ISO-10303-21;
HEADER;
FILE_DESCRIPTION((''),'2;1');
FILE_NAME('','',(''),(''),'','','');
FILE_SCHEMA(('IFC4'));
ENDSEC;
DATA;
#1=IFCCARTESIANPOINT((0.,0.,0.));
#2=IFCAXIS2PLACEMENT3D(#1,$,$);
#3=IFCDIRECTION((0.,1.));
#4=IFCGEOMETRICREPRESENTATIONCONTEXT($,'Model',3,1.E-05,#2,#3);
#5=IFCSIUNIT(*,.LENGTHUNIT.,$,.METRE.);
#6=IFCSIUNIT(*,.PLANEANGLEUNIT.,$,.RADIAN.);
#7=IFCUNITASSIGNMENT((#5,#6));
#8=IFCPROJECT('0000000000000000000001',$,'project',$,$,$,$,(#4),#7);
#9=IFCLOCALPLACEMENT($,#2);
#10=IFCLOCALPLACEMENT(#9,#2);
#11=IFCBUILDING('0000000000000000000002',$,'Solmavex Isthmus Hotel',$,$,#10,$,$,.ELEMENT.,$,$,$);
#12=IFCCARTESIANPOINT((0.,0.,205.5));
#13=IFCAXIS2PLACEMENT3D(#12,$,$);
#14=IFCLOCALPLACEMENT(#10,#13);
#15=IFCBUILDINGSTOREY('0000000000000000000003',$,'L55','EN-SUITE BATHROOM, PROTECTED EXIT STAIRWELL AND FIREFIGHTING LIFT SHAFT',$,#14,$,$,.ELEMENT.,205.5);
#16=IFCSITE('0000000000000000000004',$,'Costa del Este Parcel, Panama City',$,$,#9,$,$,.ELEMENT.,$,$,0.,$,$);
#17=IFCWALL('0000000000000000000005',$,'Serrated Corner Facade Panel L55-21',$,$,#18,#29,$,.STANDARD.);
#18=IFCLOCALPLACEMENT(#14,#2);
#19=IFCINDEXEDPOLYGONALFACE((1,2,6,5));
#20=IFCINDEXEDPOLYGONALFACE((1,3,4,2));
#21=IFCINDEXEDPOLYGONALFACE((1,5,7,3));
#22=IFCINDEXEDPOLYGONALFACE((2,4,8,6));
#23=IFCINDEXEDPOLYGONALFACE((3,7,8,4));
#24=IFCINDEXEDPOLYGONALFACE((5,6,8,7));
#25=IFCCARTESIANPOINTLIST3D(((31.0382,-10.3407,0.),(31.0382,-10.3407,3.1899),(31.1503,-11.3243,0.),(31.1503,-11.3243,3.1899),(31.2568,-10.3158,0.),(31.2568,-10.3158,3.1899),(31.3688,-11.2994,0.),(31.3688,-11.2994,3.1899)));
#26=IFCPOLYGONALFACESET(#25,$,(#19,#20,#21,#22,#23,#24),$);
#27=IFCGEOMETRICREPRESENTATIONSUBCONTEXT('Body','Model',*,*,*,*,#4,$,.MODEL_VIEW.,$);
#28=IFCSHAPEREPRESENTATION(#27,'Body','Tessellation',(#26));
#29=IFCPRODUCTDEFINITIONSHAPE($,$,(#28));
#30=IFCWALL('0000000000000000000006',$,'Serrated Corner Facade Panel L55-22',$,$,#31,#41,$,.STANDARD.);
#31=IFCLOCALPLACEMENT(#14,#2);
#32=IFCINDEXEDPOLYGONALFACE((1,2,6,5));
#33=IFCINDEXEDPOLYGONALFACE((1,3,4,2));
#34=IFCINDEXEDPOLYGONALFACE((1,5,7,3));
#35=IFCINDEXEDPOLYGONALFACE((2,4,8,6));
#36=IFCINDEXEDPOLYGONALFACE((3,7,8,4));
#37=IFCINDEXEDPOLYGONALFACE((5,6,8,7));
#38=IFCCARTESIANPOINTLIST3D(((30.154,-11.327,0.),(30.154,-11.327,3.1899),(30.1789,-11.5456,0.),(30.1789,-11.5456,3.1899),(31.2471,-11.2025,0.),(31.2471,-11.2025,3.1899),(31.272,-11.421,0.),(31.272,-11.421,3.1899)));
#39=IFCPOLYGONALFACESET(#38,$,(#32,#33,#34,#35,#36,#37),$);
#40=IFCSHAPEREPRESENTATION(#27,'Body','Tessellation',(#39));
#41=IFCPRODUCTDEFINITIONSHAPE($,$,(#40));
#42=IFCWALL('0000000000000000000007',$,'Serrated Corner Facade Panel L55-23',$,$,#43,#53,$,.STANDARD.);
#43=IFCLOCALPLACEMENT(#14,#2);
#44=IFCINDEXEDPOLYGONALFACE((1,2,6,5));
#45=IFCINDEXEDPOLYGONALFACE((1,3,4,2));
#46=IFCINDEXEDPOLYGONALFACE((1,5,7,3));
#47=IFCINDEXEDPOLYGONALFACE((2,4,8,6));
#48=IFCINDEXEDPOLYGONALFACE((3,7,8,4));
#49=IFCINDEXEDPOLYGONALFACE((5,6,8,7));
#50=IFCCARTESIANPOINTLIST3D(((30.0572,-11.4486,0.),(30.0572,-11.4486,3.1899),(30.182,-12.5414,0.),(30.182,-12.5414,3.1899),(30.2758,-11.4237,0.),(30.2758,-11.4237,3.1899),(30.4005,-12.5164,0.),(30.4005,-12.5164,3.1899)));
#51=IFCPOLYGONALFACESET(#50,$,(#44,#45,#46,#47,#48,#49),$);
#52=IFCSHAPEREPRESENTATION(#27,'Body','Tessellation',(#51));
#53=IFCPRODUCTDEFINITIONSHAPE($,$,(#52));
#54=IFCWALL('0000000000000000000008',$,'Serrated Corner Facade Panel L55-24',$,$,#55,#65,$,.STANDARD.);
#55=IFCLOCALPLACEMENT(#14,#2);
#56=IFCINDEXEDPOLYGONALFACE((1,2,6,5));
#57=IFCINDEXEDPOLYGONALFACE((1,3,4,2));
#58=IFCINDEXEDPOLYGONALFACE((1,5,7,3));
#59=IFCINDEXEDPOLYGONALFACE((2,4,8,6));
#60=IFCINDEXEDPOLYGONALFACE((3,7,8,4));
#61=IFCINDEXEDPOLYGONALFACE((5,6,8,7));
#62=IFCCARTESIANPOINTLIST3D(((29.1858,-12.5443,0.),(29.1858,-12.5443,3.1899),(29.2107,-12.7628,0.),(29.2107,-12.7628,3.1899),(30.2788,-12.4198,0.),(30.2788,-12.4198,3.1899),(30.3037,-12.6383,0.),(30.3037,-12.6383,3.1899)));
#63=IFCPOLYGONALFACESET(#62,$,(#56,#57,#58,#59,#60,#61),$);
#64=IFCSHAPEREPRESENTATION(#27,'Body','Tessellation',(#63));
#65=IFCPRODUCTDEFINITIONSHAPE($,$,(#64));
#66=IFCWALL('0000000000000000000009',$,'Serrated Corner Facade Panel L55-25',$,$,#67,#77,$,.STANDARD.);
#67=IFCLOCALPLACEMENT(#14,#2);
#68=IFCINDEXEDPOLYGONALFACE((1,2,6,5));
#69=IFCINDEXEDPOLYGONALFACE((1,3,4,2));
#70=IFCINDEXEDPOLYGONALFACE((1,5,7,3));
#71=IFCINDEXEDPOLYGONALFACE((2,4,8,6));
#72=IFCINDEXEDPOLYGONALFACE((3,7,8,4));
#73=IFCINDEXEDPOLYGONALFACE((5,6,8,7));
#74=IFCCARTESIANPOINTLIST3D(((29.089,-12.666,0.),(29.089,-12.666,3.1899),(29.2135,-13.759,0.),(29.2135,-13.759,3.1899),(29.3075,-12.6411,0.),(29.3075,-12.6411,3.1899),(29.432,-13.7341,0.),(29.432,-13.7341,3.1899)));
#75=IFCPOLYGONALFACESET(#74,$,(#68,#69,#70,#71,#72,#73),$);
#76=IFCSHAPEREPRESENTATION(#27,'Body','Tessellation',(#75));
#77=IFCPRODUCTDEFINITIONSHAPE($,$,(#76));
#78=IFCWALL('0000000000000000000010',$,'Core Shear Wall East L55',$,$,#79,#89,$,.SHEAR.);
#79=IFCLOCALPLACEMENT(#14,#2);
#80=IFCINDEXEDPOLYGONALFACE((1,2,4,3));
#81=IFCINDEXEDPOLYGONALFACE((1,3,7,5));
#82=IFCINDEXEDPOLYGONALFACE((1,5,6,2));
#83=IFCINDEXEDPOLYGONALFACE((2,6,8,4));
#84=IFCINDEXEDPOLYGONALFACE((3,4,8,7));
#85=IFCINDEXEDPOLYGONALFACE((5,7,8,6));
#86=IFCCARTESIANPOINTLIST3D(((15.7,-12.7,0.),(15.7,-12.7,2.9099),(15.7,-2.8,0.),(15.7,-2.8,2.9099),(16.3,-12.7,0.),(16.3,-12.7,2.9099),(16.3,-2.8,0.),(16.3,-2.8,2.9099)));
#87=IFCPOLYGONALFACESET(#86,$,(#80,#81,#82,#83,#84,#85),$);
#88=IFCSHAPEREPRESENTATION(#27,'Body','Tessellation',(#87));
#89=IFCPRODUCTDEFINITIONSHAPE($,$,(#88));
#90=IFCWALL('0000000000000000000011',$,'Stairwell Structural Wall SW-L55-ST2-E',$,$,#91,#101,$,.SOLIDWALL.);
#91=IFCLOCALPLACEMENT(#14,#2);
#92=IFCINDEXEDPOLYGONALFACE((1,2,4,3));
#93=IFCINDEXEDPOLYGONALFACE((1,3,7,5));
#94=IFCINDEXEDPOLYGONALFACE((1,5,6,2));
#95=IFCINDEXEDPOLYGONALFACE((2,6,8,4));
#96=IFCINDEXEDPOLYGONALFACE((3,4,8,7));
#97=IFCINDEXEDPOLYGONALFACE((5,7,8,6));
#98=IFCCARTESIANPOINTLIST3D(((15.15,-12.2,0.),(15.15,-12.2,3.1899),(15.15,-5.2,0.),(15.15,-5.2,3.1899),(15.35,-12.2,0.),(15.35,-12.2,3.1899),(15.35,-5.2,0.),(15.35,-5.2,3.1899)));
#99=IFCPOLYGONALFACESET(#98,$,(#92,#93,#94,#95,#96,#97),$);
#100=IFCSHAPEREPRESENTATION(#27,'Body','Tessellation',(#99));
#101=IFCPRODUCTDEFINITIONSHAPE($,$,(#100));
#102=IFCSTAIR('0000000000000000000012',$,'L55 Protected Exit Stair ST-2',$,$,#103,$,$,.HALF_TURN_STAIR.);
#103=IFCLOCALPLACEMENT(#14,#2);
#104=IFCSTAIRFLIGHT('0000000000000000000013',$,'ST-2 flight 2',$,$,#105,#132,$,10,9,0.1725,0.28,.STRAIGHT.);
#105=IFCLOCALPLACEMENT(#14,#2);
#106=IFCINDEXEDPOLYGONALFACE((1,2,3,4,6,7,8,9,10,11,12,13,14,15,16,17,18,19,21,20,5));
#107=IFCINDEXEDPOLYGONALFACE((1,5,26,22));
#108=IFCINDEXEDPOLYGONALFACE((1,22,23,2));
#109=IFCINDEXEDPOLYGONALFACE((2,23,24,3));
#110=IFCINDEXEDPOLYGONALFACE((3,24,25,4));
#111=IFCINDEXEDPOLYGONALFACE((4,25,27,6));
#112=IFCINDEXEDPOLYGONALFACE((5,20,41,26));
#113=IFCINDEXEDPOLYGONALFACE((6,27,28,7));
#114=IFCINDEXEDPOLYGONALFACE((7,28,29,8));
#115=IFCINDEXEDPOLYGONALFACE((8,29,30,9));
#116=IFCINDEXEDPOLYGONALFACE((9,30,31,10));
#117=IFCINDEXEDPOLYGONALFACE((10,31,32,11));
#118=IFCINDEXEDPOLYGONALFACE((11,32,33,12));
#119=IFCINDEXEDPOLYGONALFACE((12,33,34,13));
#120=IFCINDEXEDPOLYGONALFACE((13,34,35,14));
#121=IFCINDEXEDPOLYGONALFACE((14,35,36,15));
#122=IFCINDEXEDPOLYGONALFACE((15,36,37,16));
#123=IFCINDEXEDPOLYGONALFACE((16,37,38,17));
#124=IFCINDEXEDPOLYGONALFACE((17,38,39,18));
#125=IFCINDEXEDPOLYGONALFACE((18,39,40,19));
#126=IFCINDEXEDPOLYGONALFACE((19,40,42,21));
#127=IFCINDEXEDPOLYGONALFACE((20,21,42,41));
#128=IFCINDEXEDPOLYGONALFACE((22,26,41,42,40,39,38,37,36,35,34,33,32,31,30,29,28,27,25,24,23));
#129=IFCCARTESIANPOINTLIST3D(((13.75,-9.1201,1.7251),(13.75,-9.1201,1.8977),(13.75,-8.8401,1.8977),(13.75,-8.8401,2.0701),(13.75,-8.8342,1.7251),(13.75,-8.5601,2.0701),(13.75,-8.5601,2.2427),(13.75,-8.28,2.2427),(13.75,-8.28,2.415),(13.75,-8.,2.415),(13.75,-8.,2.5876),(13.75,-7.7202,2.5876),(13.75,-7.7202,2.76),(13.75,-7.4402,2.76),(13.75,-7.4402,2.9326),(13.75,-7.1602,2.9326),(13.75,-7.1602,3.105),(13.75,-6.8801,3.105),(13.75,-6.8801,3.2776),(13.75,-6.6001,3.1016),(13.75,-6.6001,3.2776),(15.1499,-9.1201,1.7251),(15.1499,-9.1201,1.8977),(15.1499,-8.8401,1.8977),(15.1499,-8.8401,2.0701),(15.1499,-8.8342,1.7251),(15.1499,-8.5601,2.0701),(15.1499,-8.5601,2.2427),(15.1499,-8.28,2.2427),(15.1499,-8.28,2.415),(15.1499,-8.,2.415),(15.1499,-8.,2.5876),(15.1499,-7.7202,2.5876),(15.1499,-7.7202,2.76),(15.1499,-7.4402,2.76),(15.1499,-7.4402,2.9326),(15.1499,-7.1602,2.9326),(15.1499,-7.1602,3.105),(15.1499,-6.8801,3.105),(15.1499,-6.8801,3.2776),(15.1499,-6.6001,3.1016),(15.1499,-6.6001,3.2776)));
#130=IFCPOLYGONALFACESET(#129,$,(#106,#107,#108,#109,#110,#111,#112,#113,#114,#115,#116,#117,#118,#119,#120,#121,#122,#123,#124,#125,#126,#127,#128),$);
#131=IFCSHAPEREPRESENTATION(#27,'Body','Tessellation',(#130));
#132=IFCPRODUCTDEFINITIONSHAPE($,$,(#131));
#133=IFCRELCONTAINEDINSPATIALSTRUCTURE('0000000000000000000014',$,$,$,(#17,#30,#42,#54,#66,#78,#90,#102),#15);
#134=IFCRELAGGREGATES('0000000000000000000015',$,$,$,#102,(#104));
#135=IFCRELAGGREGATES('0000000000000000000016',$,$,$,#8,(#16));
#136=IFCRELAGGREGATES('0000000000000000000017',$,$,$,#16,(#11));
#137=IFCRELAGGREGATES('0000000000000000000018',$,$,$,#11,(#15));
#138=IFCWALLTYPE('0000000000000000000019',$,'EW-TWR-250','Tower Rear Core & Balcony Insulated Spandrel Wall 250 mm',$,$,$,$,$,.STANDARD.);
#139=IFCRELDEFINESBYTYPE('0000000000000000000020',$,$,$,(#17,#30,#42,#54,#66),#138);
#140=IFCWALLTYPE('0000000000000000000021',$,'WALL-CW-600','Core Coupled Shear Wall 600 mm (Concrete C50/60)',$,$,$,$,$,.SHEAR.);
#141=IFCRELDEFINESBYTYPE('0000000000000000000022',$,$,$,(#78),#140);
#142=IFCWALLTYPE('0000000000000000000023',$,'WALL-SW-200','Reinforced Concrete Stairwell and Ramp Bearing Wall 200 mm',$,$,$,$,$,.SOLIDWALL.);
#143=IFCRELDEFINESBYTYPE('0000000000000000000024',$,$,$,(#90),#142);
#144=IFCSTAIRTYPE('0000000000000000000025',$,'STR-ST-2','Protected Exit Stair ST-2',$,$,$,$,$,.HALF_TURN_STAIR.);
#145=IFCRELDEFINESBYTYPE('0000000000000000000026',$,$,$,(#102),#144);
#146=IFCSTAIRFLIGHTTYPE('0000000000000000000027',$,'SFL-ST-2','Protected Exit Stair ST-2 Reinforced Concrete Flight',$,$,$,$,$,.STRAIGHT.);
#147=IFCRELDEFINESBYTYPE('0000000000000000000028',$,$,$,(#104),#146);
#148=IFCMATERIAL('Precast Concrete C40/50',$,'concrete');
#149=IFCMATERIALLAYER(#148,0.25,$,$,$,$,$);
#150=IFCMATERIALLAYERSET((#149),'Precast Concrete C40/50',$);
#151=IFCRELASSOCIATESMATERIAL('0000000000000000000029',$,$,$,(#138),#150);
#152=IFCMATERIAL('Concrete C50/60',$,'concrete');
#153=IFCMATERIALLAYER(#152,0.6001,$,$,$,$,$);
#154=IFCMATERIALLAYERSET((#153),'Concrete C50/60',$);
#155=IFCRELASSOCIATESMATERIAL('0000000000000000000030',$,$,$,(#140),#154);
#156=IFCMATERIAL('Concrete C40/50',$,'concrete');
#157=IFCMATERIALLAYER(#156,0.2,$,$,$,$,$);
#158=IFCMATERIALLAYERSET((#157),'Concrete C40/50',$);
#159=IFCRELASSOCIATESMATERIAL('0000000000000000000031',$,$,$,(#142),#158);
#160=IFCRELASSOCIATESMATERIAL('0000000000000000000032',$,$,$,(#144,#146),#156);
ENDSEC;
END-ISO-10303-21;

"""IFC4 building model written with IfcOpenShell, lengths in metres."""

from ifc_helpers import new_model, si_unit, direction, frame, frame_2d, origin, place, context, subcontext, project, spatial, polyline, rectangle, outline, extrude, material, layer, layer_set, type_object, element, aggregate, save


model = new_model("IFC4")

# Units and contexts
model_context = context("Model", 3, precision=1e-05, world=origin(), true_north=direction((0.0, 1.0)))
body_context = subcontext(model_context, "Body", "Model", "MODEL_VIEW")
ifc_project = project(units=[si_unit("LENGTHUNIT", "METRE"), si_unit("PLANEANGLEUNIT", "RADIAN")], contexts=[model_context])

# Site, building, storey
site_placement = place(None, origin())
site = spatial("IfcSite", under=ifc_project, at=site_placement, Name="Costa del Este Parcel, Panama City", CompositionType="ELEMENT", RefElevation=0.0)
building_placement = place(site_placement, origin())
building = spatial("IfcBuilding", under=site, at=building_placement, Name="Solmavex Isthmus Hotel", CompositionType="ELEMENT")
storey_placement = place(building_placement, frame((0.0, 0.0, 205.5)))
storey = spatial("IfcBuildingStorey", under=building, at=storey_placement, Name="L55", Description="EN-SUITE BATHROOM, PROTECTED EXIT STAIRWELL AND FIREFIGHTING LIFT SHAFT", CompositionType="ELEMENT", Elevation=205.5)

# Shared definitions
ifc_material_1 = material(Name="Concrete C50/60", Category="concrete")

# Walls
ifc_material_2 = material(Name="Precast Concrete C40/50", Category="concrete")
ifc_layer_1 = layer(ifc_material_2, 0.25)
ifc_layer_set_1 = layer_set([ifc_layer_1], Name="Precast Concrete C40/50")
wall_type_1 = type_object("IfcWallType", Name="EW-TWR-250", Description="Tower Rear Core & Balcony Insulated Spandrel Wall 250 mm", PredefinedType="STANDARD", material=ifc_layer_set_1)
wall_1_placement = place(storey_placement, frame((31.1475, -10.3281, 0.0), z_axis=(0.0, 0.0, 1.0), x_axis=(0.113192, -0.993573, 0.0)))
element("IfcWall", 1, at=wall_1_placement, inside=storey, type_object=wall_type_1, Name="Serrated Corner Facade Panel L55-21", PredefinedType="STANDARD", context=body_context, shape_type="SweptSolid", body=[
    extrude(rectangle(XDim=0.99, YDim=0.22, at=frame_2d((0.4951, 0.0))), origin(), (0.0, 0.0, 1.0), 3.1899),
])
wall_2_placement = place(storey_placement, frame((31.2595, -11.3118, 0.0), z_axis=(0.0, 0.0, 1.0), x_axis=(-0.993574, -0.113184, 0.0)))
element("IfcWall", 2, at=wall_2_placement, inside=storey, type_object=wall_type_1, Name="Serrated Corner Facade Panel L55-22", PredefinedType="STANDARD", context=body_context, shape_type="SweptSolid", body=[
    extrude(rectangle(XDim=1.1001, YDim=0.22, at=frame_2d((0.55, 0.0))), origin(), (0.0, 0.0, 1.0), 3.1899),
])
wall_3_placement = place(storey_placement, frame((30.1665, -11.4363, 0.0), z_axis=(0.0, 0.0, 1.0), x_axis=(0.113428, -0.993546, 0.0)))
element("IfcWall", 3, at=wall_3_placement, inside=storey, type_object=wall_type_1, Name="Serrated Corner Facade Panel L55-23", PredefinedType="STANDARD", context=body_context, shape_type="SweptSolid", body=[
    extrude(rectangle(XDim=1.0999, YDim=0.22, at=frame_2d((0.5498, 0.0))), origin(), (0.0, 0.0, 1.0), 3.1899),
])
for number, where, z_axis, x_axis, name in (
    (4, (30.2913, -12.5291, 0.0), (0.0, 0.0, 1.0), (-0.993574, -0.113184, 0.0), "Serrated Corner Facade Panel L55-24"),
    (5, (29.1982, -12.6536, 0.0), (0.0, 0.0, 1.0), (0.113184, -0.993574, 0.0), "Serrated Corner Facade Panel L55-25"),
):
    element("IfcWall", number, at=place(storey_placement, frame(where, z_axis=z_axis, x_axis=x_axis)), inside=storey, type_object=wall_type_1, Name=name, PredefinedType="STANDARD", context=body_context, shape_type="SweptSolid", body=[
        extrude(rectangle(XDim=1.1001, YDim=0.22, at=frame_2d((0.55, 0.0))), origin(), (0.0, 0.0, 1.0), 3.1899),
    ])
ifc_layer_2 = layer(ifc_material_1, 0.6001)
ifc_layer_set_2 = layer_set([ifc_layer_2], Name="Concrete C50/60")
wall_type_2 = type_object("IfcWallType", Name="WALL-CW-600", Description="Core Coupled Shear Wall 600 mm (Concrete C50/60)", PredefinedType="SHEAR", material=ifc_layer_set_2)
wall_4_placement = place(storey_placement, frame((16.0, -12.7, 0.0), z_axis=(0.0, 0.0, 1.0), x_axis=(0.0, 1.0, 0.0)))
element("IfcWall", 6, at=wall_4_placement, inside=storey, type_object=wall_type_2, Name="Core Shear Wall East L55", PredefinedType="SHEAR", context=body_context, shape_type="SweptSolid", body=[
    extrude(rectangle(XDim=9.8999, YDim=0.6001, at=frame_2d((4.95, 0.0))), origin(), (0.0, 0.0, 1.0), 2.9099),
])
ifc_material_3 = material(Name="Concrete C40/50", Category="concrete")
ifc_layer_3 = layer(ifc_material_3, 0.2)
ifc_layer_set_3 = layer_set([ifc_layer_3], Name="Concrete C40/50")
wall_type_3 = type_object("IfcWallType", Name="WALL-SW-200", Description="Reinforced Concrete Stairwell and Ramp Bearing Wall 200 mm", PredefinedType="SOLIDWALL", material=ifc_layer_set_3)
wall_5_placement = place(storey_placement, frame((15.25, -12.2, 0.0), z_axis=(0.0, 0.0, 1.0), x_axis=(0.0, 1.0, 0.0)))
element("IfcWall", 7, at=wall_5_placement, inside=storey, type_object=wall_type_3, Name="Stairwell Structural Wall SW-L55-ST2-E", PredefinedType="SOLIDWALL", context=body_context, shape_type="SweptSolid", body=[
    extrude(rectangle(XDim=7.0, YDim=0.2, at=frame_2d((3.5, 0.0))), origin(), (0.0, 0.0, 1.0), 3.1899),
])

# Stair, stair flight
stair_type = type_object("IfcStairType", Name="STR-ST-2", Description="Protected Exit Stair ST-2", PredefinedType="HALF_TURN_STAIR", material=ifc_material_3)
stair_placement = place(storey_placement, origin())
stair = element("IfcStair", 8, at=stair_placement, inside=storey, type_object=stair_type, Name="L55 Protected Exit Stair ST-2", PredefinedType="HALF_TURN_STAIR")
stair_flight_type = type_object("IfcStairFlightType", Name="SFL-ST-2", Description="Protected Exit Stair ST-2 Reinforced Concrete Flight", PredefinedType="STRAIGHT", material=ifc_material_3)
stair_flight_placement = place(storey_placement, frame((14.45, -9.1201, 1.7251), z_axis=(0.0, 0.0, 1.0), x_axis=(0.0, 1.0, 0.0)))
stair_flight = element("IfcStairFlight", 9, at=stair_flight_placement, type_object=stair_flight_type, Name="ST-2 flight 2", NumberOfRisers=10, NumberOfTreads=9, PredefinedType="STRAIGHT", RiserHeight=0.1725, TreadLength=0.28, context=body_context, shape_type="SweptSolid", body=[
    extrude(outline(polyline([(0.0, 0.0), (0.0, 0.1726), (0.28, 0.1726), (0.28, 0.345), (0.5601, 0.345), (0.5601, 0.5176), (0.8401, 0.5176), (0.8401, 0.6899), (1.1201, 0.6899), (1.1201, 0.8625), (1.3999, 0.8625), (1.3999, 1.0349), (1.6799, 1.0349), (1.6799, 1.2075), (1.96, 1.2075), (1.96, 1.3799), (2.24, 1.3799), (2.24, 1.5525), (2.52, 1.5525), (2.52, 1.7251), (2.52, 1.3765), (0.2859, 0.0), (0.0, 0.0)])), frame((0.0, 0.7, 0.0), z_axis=(0.0, -1.0, 0.0), x_axis=(1.0, 0.0, 0.0)), (0.0, 0.0, 1.0), 1.3999),
])
aggregate(stair, [stair_flight])

save(model, "model.ifc")
